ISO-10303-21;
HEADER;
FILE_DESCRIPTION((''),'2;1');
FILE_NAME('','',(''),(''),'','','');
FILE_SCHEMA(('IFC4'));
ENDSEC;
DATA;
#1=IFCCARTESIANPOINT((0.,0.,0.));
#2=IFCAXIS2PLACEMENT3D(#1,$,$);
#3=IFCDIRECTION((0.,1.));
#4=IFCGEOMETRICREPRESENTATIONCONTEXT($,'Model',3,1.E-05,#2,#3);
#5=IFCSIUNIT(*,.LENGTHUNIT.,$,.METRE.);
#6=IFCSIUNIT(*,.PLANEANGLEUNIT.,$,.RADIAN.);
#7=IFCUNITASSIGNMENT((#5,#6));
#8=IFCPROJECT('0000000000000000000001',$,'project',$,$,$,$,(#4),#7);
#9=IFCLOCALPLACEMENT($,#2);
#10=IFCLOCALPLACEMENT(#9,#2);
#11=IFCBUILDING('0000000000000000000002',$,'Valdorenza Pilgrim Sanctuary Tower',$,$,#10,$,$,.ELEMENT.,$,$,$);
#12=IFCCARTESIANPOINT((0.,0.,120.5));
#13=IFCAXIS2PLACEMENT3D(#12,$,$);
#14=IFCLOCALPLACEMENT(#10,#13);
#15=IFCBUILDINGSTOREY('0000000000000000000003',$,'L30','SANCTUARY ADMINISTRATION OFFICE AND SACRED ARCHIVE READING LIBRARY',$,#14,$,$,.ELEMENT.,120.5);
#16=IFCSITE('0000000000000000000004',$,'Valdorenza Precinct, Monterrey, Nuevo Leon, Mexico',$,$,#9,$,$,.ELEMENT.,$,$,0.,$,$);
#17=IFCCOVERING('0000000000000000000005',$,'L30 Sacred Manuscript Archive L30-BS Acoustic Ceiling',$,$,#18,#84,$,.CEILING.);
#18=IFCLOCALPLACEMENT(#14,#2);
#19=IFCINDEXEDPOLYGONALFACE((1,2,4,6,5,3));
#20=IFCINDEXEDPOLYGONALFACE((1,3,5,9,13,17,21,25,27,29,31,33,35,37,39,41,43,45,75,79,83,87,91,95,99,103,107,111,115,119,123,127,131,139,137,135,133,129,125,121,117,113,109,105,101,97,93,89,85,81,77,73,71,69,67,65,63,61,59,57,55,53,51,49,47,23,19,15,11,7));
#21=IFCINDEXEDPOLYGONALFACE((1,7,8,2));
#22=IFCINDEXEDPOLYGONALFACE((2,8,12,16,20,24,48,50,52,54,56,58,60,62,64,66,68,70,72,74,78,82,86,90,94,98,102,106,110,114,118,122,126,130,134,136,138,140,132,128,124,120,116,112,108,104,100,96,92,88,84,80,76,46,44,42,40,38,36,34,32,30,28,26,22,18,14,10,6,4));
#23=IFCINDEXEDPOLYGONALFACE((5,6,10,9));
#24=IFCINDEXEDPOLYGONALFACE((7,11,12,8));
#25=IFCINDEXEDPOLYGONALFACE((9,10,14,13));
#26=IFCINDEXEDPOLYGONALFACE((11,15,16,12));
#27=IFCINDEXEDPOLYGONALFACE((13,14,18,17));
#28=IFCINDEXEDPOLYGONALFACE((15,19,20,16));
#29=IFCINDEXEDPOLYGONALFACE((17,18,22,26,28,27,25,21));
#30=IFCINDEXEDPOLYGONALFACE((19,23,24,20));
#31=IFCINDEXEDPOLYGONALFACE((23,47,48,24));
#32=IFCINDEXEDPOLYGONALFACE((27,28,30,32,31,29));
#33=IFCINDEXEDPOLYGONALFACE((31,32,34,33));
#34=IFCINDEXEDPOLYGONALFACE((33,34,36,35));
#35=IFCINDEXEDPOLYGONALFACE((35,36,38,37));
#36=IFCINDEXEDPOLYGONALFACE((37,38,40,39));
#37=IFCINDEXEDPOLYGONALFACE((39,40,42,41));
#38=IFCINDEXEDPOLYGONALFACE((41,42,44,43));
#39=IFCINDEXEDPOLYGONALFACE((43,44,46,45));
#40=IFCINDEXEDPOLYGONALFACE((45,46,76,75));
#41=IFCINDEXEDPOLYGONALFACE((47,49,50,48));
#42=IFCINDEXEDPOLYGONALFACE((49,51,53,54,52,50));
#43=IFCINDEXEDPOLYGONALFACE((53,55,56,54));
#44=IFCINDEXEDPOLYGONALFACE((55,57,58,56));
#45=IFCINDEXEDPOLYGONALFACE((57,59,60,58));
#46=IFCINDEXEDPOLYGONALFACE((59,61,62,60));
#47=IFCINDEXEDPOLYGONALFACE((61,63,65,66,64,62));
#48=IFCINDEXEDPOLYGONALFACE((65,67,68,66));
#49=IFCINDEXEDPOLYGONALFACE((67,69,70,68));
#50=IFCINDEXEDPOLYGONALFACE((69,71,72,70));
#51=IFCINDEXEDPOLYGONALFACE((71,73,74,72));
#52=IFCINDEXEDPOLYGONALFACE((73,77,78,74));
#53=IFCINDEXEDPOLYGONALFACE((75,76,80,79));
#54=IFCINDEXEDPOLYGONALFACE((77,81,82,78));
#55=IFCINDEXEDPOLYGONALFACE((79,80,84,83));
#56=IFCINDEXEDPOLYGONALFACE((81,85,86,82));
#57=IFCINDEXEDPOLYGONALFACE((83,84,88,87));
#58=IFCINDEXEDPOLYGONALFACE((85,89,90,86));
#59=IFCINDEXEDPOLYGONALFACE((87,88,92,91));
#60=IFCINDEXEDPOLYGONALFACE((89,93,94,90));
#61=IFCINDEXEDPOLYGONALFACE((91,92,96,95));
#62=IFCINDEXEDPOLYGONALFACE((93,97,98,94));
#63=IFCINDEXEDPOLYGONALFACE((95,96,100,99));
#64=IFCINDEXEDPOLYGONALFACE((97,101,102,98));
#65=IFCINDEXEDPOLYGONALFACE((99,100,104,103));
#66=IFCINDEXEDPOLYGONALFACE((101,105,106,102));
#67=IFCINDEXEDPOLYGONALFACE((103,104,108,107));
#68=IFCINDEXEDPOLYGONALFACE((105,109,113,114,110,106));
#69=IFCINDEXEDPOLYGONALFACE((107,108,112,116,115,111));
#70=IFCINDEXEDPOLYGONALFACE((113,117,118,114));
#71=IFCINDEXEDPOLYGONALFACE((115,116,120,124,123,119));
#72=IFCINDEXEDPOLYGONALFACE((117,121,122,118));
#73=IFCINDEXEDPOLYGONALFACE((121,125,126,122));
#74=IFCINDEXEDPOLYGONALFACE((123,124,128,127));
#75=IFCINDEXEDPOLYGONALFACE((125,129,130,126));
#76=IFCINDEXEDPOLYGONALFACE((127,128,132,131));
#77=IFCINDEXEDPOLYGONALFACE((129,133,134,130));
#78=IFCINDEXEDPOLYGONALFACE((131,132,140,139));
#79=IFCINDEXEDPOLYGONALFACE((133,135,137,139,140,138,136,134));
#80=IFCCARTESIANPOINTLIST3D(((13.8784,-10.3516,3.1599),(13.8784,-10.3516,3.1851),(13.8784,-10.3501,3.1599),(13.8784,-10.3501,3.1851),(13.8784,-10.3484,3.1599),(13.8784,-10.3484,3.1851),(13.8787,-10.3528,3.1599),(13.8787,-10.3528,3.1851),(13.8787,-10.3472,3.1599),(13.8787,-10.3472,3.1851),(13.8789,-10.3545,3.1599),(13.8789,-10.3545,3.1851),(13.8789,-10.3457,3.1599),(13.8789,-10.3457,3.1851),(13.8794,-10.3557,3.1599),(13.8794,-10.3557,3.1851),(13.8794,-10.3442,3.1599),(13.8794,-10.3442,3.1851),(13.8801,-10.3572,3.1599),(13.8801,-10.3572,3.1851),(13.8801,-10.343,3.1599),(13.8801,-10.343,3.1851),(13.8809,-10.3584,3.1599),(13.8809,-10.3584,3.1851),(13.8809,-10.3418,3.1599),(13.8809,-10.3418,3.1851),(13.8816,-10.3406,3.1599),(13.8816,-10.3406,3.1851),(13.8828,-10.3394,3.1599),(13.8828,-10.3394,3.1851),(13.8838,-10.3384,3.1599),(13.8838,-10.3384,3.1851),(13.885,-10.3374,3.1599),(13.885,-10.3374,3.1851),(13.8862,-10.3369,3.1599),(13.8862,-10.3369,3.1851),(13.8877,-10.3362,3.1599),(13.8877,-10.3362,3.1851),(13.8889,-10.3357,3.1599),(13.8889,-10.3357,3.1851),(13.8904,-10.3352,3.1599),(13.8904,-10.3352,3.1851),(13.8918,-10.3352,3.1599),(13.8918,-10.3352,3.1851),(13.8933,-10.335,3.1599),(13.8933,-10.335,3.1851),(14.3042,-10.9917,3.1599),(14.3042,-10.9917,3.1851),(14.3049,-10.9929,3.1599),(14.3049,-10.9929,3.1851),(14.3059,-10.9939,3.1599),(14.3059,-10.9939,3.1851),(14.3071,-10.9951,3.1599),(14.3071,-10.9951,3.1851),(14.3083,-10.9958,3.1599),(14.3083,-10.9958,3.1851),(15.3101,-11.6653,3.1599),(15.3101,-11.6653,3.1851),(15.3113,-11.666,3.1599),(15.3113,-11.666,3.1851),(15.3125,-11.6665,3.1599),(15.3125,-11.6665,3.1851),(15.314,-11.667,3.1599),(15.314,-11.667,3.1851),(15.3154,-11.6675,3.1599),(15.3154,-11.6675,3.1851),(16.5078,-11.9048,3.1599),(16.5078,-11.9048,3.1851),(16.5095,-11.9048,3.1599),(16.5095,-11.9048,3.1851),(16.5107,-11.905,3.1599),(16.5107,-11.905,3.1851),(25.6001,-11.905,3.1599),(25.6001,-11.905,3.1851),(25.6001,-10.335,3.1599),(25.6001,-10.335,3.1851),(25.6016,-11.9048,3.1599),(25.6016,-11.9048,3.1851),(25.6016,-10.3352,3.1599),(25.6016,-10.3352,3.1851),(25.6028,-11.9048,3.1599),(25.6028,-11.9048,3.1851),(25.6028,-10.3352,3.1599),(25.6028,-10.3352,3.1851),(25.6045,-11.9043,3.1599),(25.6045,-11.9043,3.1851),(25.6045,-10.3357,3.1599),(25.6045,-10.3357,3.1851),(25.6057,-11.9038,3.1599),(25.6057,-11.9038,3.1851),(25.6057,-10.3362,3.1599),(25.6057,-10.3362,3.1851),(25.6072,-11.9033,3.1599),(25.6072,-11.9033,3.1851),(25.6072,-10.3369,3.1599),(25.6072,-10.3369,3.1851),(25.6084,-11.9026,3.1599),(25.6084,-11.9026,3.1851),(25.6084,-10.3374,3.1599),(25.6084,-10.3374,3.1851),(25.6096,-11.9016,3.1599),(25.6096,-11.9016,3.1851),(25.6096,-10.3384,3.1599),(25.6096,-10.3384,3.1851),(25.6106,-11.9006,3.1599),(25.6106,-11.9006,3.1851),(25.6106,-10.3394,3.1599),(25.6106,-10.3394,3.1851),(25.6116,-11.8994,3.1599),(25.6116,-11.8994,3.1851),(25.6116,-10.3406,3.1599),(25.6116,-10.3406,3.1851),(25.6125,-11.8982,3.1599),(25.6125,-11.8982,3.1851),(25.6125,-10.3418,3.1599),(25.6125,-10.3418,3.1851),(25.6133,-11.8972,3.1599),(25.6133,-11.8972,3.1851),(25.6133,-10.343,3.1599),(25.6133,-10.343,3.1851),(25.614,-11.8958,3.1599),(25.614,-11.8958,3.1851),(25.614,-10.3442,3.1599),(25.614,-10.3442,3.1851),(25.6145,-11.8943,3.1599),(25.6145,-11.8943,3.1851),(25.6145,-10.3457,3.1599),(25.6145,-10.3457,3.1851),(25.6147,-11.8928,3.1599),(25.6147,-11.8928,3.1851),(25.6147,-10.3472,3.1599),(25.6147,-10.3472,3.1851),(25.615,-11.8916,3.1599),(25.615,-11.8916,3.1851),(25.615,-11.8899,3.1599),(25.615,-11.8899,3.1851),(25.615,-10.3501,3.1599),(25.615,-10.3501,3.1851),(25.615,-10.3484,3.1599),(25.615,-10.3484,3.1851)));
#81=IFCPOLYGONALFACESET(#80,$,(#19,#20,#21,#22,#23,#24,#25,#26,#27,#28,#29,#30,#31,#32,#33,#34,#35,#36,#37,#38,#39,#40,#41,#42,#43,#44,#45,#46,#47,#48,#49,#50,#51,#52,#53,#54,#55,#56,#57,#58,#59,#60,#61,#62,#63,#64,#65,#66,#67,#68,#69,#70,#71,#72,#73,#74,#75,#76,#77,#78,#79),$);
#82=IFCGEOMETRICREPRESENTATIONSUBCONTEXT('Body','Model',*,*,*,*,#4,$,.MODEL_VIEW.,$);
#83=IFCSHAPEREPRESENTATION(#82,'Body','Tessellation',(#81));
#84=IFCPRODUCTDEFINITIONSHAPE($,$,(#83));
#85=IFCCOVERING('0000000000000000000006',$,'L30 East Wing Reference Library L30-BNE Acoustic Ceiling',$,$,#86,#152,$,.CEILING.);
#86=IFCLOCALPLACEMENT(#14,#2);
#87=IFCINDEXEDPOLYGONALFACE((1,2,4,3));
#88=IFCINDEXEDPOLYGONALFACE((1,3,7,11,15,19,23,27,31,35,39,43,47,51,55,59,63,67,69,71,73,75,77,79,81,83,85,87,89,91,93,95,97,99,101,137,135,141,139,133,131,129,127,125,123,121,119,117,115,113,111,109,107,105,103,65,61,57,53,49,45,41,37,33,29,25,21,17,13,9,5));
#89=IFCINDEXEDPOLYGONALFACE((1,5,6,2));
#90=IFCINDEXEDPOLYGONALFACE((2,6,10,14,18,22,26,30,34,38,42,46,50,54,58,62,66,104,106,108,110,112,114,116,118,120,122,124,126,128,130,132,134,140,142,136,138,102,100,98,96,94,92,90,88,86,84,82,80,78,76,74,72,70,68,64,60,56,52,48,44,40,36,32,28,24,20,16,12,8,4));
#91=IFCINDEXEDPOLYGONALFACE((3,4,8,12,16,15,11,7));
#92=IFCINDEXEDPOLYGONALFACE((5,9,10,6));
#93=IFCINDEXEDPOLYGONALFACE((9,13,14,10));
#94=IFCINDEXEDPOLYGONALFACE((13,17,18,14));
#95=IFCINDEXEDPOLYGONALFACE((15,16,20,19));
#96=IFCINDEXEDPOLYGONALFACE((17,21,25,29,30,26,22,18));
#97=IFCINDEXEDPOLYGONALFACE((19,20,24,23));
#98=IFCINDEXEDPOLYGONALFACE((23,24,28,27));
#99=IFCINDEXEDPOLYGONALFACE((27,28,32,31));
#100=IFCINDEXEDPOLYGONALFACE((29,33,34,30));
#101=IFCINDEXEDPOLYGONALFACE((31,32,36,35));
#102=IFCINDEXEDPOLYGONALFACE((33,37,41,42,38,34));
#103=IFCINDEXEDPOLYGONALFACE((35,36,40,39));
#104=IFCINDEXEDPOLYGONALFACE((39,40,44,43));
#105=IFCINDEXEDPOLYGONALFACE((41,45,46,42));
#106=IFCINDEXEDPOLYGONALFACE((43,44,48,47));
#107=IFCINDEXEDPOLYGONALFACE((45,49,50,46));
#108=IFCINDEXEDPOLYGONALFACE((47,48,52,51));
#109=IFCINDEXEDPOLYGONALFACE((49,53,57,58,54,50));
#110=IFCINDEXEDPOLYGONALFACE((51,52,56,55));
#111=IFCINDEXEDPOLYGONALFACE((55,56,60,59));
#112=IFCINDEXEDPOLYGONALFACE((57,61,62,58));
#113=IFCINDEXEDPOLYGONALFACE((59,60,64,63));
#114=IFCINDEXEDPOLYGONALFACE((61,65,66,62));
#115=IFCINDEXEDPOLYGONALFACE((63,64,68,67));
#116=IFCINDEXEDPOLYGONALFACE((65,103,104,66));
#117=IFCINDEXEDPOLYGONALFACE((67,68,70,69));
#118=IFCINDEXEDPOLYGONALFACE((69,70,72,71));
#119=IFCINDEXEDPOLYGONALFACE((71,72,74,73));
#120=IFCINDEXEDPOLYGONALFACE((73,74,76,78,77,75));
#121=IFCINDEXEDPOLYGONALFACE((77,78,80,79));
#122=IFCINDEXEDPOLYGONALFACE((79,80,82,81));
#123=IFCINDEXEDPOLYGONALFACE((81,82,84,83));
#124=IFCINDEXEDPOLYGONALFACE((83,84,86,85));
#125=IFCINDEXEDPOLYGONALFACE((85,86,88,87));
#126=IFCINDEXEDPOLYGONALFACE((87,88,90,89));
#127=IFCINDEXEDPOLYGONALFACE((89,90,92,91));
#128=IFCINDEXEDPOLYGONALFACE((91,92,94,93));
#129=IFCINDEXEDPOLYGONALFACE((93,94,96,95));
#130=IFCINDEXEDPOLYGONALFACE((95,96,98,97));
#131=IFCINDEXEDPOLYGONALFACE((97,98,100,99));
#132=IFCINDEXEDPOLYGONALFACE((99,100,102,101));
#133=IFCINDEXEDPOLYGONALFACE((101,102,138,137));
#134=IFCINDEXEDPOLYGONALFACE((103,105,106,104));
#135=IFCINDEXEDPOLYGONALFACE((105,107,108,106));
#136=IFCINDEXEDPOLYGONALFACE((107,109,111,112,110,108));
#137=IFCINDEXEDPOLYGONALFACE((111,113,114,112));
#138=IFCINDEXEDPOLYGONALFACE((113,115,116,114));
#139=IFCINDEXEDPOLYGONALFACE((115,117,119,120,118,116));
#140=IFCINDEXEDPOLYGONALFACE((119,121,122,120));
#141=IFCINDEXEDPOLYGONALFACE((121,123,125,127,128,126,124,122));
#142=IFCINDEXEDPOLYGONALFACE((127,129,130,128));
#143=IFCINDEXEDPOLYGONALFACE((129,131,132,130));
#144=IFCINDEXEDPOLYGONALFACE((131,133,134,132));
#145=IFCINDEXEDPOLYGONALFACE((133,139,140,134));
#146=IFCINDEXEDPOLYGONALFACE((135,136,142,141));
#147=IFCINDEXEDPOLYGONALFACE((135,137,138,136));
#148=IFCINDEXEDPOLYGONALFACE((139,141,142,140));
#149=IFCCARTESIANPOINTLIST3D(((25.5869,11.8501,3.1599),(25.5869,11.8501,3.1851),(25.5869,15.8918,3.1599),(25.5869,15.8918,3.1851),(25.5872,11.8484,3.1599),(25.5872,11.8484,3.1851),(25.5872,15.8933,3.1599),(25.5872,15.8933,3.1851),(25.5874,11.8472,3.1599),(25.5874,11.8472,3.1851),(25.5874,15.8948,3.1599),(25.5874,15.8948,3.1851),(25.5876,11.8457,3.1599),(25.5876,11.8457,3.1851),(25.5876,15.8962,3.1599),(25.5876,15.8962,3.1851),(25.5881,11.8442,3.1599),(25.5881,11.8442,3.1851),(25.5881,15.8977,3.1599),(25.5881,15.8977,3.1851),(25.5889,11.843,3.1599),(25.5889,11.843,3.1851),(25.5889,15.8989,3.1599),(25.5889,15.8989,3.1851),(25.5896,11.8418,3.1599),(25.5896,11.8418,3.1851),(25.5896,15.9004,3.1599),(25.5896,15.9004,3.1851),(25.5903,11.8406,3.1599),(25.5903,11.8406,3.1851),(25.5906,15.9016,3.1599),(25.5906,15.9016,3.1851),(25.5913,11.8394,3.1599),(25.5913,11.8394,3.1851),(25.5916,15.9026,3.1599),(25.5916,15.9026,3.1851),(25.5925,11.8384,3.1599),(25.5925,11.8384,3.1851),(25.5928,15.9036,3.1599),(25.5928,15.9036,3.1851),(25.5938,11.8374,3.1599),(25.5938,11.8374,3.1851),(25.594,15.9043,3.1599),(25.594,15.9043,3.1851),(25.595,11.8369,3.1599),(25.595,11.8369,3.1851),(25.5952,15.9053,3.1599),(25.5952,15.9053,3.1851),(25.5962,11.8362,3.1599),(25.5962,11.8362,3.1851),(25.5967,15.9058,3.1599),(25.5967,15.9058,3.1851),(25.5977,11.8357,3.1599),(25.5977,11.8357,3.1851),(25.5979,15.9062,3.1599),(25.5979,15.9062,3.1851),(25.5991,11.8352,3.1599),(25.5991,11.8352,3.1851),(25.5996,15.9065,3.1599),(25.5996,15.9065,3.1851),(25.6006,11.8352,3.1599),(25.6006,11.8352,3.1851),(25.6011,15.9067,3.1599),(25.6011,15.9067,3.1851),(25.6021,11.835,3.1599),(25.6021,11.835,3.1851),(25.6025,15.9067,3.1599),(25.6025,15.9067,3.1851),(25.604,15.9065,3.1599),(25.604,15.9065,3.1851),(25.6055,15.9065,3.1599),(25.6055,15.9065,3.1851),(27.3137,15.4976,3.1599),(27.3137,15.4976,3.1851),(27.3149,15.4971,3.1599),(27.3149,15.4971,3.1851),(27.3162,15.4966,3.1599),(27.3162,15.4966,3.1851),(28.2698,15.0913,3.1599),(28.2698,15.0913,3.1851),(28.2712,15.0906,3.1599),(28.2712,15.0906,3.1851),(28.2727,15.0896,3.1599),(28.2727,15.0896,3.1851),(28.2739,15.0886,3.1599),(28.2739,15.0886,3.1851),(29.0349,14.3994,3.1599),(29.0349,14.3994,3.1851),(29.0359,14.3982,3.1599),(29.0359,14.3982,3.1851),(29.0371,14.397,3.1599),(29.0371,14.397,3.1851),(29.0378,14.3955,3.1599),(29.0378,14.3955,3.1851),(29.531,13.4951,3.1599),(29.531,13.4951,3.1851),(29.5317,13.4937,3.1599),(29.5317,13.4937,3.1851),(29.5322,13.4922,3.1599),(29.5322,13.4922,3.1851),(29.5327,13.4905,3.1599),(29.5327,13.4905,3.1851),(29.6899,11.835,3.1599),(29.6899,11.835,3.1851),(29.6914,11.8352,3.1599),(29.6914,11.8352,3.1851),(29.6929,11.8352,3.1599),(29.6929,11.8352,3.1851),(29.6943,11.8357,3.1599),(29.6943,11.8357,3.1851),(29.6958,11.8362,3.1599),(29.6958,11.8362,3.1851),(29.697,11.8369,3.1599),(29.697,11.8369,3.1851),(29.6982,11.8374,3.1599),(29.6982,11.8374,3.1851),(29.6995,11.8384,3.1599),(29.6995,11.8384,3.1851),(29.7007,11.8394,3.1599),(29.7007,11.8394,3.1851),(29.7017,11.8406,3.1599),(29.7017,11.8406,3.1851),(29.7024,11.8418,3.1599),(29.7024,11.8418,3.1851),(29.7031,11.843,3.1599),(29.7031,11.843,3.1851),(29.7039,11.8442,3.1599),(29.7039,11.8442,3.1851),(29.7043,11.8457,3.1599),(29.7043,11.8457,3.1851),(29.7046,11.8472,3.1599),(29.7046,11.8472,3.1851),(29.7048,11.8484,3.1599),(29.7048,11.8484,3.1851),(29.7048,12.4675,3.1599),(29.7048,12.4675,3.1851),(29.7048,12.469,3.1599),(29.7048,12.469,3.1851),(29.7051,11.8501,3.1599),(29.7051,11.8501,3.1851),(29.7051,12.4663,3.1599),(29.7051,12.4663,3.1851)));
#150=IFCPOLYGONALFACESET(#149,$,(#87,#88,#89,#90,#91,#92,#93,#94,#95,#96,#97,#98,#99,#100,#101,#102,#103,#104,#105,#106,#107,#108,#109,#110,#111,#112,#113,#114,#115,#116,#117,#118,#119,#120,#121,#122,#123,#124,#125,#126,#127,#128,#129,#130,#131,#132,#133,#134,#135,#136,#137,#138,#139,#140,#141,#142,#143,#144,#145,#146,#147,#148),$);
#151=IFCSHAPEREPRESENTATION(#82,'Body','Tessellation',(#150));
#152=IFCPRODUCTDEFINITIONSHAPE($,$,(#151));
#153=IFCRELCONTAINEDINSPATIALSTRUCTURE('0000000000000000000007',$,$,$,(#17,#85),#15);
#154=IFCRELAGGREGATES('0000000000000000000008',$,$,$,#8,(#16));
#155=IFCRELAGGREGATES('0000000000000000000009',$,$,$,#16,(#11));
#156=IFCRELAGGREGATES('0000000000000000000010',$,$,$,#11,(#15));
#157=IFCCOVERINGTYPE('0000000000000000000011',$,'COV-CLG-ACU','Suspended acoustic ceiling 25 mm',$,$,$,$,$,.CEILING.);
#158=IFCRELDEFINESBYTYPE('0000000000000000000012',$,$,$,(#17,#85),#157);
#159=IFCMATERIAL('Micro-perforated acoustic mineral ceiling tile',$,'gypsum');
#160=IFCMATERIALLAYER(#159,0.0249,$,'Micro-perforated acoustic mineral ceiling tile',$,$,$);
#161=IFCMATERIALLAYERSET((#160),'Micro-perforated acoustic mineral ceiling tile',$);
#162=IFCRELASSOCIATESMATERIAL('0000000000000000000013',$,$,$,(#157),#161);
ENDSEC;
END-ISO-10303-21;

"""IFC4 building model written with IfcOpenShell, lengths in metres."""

from ifc_helpers import new_model, si_unit, direction, frame, origin, place, context, subcontext, project, spatial, polyline, outline, extrude, material, layer, layer_set, type_object, element, save


model = new_model("IFC4")

# Units and contexts
model_context = context("Model", 3, precision=1e-05, world=origin(), true_north=direction((0.0, 1.0)))
body_context = subcontext(model_context, "Body", "Model", "MODEL_VIEW")
ifc_project = project(units=[si_unit("LENGTHUNIT", "METRE"), si_unit("PLANEANGLEUNIT", "RADIAN")], contexts=[model_context])

# Site, building, storey
site_placement = place(None, origin())
site = spatial("IfcSite", under=ifc_project, at=site_placement, Name="Valdorenza Precinct, Monterrey, Nuevo Leon, Mexico", CompositionType="ELEMENT", RefElevation=0.0)
building_placement = place(site_placement, origin())
building = spatial("IfcBuilding", under=site, at=building_placement, Name="Valdorenza Pilgrim Sanctuary Tower", CompositionType="ELEMENT")
storey_placement = place(building_placement, frame((0.0, 0.0, 120.5)))
storey = spatial("IfcBuildingStorey", under=building, at=storey_placement, Name="L30", Description="SANCTUARY ADMINISTRATION OFFICE AND SACRED ARCHIVE READING LIBRARY", CompositionType="ELEMENT", Elevation=120.5)

# Coverings
ifc_material_1 = material(Name="Micro-perforated acoustic mineral ceiling tile", Category="gypsum")
ifc_layer_1 = layer(ifc_material_1, 0.0249, Name="Micro-perforated acoustic mineral ceiling tile")
ifc_layer_set_1 = layer_set([ifc_layer_1], Name="Micro-perforated acoustic mineral ceiling tile")
covering_type_1 = type_object("IfcCoveringType", Name="COV-CLG-ACU", Description="Suspended acoustic ceiling 25 mm", PredefinedType="CEILING", material=ifc_layer_set_1)
covering_1_placement = place(storey_placement, frame((0.0, 0.0, 3.1599)))
element("IfcCovering", 1, at=covering_1_placement, inside=storey, type_object=covering_type_1, Name="L30 Sacred Manuscript Archive L30-BS Acoustic Ceiling", PredefinedType="CEILING", context=body_context, shape_type="SweptSolid", body=[
    extrude(outline(polyline([(25.615, -11.8899), (25.615, -11.8916), (25.6147, -11.8928), (25.6145, -11.8943), (25.614, -11.8958), (25.6133, -11.8972), (25.6125, -11.8982), (25.6116, -11.8994), (25.6106, -11.9006), (25.6096, -11.9016), (25.6084, -11.9026), (25.6072, -11.9033), (25.6057, -11.9038), (25.6045, -11.9043), (25.6028, -11.9048), (25.6016, -11.9048), (25.6001, -11.905), (16.5107, -11.905), (16.5095, -11.9048), (16.5078, -11.9048), (15.3154, -11.6675), (15.314, -11.667), (15.3125, -11.6665), (15.3113, -11.666), (15.3101, -11.6653), (14.3083, -10.9958), (14.3071, -10.9951), (14.3059, -10.9939), (14.3049, -10.9929), (14.3042, -10.9917), (13.8809, -10.3584), (13.8801, -10.3572), (13.8794, -10.3557), (13.8789, -10.3545), (13.8787, -10.3528), (13.8784, -10.3516), (13.8784, -10.3501), (13.8784, -10.3484), (13.8787, -10.3472), (13.8789, -10.3457), (13.8794, -10.3442), (13.8801, -10.343), (13.8809, -10.3418), (13.8816, -10.3406), (13.8828, -10.3394), (13.8838, -10.3384), (13.885, -10.3374), (13.8862, -10.3369), (13.8877, -10.3362), (13.8889, -10.3357), (13.8904, -10.3352), (13.8918, -10.3352), (13.8933, -10.335), (25.6001, -10.335), (25.6016, -10.3352), (25.6028, -10.3352), (25.6045, -10.3357), (25.6057, -10.3362), (25.6072, -10.3369), (25.6084, -10.3374), (25.6096, -10.3384), (25.6106, -10.3394), (25.6116, -10.3406), (25.6125, -10.3418), (25.6133, -10.343), (25.614, -10.3442), (25.6145, -10.3457), (25.6147, -10.3472), (25.615, -10.3484), (25.615, -10.3501), (25.615, -11.8899)])), origin(), (0.0, 0.0, 1.0), 0.0251),
])
covering_2_placement = place(storey_placement, frame((0.0, 0.0, 3.1599)))
element("IfcCovering", 2, at=covering_2_placement, inside=storey, type_object=covering_type_1, Name="L30 East Wing Reference Library L30-BNE Acoustic Ceiling", PredefinedType="CEILING", context=body_context, shape_type="SweptSolid", body=[
    extrude(outline(polyline([(27.3137, 15.4976), (27.3149, 15.4971), (27.3162, 15.4966), (28.2698, 15.0913), (28.2712, 15.0906), (28.2727, 15.0896), (28.2739, 15.0886), (29.0349, 14.3994), (29.0359, 14.3982), (29.0371, 14.397), (29.0378, 14.3955), (29.531, 13.4951), (29.5317, 13.4937), (29.5322, 13.4922), (29.5327, 13.4905), (29.7048, 12.469), (29.7048, 12.4675), (29.7051, 12.4663), (29.7051, 11.8501), (29.7048, 11.8484), (29.7046, 11.8472), (29.7043, 11.8457), (29.7039, 11.8442), (29.7031, 11.843), (29.7024, 11.8418), (29.7017, 11.8406), (29.7007, 11.8394), (29.6995, 11.8384), (29.6982, 11.8374), (29.697, 11.8369), (29.6958, 11.8362), (29.6943, 11.8357), (29.6929, 11.8352), (29.6914, 11.8352), (29.6899, 11.835), (25.6021, 11.835), (25.6006, 11.8352), (25.5991, 11.8352), (25.5977, 11.8357), (25.5962, 11.8362), (25.595, 11.8369), (25.5938, 11.8374), (25.5925, 11.8384), (25.5913, 11.8394), (25.5903, 11.8406), (25.5896, 11.8418), (25.5889, 11.843), (25.5881, 11.8442), (25.5876, 11.8457), (25.5874, 11.8472), (25.5872, 11.8484), (25.5869, 11.8501), (25.5869, 15.8918), (25.5872, 15.8933), (25.5874, 15.8948), (25.5876, 15.8962), (25.5881, 15.8977), (25.5889, 15.8989), (25.5896, 15.9004), (25.5906, 15.9016), (25.5916, 15.9026), (25.5928, 15.9036), (25.594, 15.9043), (25.5952, 15.9053), (25.5967, 15.9058), (25.5979, 15.9062), (25.5996, 15.9065), (25.6011, 15.9067), (25.6025, 15.9067), (25.604, 15.9065), (25.6055, 15.9065), (27.3137, 15.4976)])), origin(), (0.0, 0.0, 1.0), 0.0251),
])

save(model, "model.ifc")
